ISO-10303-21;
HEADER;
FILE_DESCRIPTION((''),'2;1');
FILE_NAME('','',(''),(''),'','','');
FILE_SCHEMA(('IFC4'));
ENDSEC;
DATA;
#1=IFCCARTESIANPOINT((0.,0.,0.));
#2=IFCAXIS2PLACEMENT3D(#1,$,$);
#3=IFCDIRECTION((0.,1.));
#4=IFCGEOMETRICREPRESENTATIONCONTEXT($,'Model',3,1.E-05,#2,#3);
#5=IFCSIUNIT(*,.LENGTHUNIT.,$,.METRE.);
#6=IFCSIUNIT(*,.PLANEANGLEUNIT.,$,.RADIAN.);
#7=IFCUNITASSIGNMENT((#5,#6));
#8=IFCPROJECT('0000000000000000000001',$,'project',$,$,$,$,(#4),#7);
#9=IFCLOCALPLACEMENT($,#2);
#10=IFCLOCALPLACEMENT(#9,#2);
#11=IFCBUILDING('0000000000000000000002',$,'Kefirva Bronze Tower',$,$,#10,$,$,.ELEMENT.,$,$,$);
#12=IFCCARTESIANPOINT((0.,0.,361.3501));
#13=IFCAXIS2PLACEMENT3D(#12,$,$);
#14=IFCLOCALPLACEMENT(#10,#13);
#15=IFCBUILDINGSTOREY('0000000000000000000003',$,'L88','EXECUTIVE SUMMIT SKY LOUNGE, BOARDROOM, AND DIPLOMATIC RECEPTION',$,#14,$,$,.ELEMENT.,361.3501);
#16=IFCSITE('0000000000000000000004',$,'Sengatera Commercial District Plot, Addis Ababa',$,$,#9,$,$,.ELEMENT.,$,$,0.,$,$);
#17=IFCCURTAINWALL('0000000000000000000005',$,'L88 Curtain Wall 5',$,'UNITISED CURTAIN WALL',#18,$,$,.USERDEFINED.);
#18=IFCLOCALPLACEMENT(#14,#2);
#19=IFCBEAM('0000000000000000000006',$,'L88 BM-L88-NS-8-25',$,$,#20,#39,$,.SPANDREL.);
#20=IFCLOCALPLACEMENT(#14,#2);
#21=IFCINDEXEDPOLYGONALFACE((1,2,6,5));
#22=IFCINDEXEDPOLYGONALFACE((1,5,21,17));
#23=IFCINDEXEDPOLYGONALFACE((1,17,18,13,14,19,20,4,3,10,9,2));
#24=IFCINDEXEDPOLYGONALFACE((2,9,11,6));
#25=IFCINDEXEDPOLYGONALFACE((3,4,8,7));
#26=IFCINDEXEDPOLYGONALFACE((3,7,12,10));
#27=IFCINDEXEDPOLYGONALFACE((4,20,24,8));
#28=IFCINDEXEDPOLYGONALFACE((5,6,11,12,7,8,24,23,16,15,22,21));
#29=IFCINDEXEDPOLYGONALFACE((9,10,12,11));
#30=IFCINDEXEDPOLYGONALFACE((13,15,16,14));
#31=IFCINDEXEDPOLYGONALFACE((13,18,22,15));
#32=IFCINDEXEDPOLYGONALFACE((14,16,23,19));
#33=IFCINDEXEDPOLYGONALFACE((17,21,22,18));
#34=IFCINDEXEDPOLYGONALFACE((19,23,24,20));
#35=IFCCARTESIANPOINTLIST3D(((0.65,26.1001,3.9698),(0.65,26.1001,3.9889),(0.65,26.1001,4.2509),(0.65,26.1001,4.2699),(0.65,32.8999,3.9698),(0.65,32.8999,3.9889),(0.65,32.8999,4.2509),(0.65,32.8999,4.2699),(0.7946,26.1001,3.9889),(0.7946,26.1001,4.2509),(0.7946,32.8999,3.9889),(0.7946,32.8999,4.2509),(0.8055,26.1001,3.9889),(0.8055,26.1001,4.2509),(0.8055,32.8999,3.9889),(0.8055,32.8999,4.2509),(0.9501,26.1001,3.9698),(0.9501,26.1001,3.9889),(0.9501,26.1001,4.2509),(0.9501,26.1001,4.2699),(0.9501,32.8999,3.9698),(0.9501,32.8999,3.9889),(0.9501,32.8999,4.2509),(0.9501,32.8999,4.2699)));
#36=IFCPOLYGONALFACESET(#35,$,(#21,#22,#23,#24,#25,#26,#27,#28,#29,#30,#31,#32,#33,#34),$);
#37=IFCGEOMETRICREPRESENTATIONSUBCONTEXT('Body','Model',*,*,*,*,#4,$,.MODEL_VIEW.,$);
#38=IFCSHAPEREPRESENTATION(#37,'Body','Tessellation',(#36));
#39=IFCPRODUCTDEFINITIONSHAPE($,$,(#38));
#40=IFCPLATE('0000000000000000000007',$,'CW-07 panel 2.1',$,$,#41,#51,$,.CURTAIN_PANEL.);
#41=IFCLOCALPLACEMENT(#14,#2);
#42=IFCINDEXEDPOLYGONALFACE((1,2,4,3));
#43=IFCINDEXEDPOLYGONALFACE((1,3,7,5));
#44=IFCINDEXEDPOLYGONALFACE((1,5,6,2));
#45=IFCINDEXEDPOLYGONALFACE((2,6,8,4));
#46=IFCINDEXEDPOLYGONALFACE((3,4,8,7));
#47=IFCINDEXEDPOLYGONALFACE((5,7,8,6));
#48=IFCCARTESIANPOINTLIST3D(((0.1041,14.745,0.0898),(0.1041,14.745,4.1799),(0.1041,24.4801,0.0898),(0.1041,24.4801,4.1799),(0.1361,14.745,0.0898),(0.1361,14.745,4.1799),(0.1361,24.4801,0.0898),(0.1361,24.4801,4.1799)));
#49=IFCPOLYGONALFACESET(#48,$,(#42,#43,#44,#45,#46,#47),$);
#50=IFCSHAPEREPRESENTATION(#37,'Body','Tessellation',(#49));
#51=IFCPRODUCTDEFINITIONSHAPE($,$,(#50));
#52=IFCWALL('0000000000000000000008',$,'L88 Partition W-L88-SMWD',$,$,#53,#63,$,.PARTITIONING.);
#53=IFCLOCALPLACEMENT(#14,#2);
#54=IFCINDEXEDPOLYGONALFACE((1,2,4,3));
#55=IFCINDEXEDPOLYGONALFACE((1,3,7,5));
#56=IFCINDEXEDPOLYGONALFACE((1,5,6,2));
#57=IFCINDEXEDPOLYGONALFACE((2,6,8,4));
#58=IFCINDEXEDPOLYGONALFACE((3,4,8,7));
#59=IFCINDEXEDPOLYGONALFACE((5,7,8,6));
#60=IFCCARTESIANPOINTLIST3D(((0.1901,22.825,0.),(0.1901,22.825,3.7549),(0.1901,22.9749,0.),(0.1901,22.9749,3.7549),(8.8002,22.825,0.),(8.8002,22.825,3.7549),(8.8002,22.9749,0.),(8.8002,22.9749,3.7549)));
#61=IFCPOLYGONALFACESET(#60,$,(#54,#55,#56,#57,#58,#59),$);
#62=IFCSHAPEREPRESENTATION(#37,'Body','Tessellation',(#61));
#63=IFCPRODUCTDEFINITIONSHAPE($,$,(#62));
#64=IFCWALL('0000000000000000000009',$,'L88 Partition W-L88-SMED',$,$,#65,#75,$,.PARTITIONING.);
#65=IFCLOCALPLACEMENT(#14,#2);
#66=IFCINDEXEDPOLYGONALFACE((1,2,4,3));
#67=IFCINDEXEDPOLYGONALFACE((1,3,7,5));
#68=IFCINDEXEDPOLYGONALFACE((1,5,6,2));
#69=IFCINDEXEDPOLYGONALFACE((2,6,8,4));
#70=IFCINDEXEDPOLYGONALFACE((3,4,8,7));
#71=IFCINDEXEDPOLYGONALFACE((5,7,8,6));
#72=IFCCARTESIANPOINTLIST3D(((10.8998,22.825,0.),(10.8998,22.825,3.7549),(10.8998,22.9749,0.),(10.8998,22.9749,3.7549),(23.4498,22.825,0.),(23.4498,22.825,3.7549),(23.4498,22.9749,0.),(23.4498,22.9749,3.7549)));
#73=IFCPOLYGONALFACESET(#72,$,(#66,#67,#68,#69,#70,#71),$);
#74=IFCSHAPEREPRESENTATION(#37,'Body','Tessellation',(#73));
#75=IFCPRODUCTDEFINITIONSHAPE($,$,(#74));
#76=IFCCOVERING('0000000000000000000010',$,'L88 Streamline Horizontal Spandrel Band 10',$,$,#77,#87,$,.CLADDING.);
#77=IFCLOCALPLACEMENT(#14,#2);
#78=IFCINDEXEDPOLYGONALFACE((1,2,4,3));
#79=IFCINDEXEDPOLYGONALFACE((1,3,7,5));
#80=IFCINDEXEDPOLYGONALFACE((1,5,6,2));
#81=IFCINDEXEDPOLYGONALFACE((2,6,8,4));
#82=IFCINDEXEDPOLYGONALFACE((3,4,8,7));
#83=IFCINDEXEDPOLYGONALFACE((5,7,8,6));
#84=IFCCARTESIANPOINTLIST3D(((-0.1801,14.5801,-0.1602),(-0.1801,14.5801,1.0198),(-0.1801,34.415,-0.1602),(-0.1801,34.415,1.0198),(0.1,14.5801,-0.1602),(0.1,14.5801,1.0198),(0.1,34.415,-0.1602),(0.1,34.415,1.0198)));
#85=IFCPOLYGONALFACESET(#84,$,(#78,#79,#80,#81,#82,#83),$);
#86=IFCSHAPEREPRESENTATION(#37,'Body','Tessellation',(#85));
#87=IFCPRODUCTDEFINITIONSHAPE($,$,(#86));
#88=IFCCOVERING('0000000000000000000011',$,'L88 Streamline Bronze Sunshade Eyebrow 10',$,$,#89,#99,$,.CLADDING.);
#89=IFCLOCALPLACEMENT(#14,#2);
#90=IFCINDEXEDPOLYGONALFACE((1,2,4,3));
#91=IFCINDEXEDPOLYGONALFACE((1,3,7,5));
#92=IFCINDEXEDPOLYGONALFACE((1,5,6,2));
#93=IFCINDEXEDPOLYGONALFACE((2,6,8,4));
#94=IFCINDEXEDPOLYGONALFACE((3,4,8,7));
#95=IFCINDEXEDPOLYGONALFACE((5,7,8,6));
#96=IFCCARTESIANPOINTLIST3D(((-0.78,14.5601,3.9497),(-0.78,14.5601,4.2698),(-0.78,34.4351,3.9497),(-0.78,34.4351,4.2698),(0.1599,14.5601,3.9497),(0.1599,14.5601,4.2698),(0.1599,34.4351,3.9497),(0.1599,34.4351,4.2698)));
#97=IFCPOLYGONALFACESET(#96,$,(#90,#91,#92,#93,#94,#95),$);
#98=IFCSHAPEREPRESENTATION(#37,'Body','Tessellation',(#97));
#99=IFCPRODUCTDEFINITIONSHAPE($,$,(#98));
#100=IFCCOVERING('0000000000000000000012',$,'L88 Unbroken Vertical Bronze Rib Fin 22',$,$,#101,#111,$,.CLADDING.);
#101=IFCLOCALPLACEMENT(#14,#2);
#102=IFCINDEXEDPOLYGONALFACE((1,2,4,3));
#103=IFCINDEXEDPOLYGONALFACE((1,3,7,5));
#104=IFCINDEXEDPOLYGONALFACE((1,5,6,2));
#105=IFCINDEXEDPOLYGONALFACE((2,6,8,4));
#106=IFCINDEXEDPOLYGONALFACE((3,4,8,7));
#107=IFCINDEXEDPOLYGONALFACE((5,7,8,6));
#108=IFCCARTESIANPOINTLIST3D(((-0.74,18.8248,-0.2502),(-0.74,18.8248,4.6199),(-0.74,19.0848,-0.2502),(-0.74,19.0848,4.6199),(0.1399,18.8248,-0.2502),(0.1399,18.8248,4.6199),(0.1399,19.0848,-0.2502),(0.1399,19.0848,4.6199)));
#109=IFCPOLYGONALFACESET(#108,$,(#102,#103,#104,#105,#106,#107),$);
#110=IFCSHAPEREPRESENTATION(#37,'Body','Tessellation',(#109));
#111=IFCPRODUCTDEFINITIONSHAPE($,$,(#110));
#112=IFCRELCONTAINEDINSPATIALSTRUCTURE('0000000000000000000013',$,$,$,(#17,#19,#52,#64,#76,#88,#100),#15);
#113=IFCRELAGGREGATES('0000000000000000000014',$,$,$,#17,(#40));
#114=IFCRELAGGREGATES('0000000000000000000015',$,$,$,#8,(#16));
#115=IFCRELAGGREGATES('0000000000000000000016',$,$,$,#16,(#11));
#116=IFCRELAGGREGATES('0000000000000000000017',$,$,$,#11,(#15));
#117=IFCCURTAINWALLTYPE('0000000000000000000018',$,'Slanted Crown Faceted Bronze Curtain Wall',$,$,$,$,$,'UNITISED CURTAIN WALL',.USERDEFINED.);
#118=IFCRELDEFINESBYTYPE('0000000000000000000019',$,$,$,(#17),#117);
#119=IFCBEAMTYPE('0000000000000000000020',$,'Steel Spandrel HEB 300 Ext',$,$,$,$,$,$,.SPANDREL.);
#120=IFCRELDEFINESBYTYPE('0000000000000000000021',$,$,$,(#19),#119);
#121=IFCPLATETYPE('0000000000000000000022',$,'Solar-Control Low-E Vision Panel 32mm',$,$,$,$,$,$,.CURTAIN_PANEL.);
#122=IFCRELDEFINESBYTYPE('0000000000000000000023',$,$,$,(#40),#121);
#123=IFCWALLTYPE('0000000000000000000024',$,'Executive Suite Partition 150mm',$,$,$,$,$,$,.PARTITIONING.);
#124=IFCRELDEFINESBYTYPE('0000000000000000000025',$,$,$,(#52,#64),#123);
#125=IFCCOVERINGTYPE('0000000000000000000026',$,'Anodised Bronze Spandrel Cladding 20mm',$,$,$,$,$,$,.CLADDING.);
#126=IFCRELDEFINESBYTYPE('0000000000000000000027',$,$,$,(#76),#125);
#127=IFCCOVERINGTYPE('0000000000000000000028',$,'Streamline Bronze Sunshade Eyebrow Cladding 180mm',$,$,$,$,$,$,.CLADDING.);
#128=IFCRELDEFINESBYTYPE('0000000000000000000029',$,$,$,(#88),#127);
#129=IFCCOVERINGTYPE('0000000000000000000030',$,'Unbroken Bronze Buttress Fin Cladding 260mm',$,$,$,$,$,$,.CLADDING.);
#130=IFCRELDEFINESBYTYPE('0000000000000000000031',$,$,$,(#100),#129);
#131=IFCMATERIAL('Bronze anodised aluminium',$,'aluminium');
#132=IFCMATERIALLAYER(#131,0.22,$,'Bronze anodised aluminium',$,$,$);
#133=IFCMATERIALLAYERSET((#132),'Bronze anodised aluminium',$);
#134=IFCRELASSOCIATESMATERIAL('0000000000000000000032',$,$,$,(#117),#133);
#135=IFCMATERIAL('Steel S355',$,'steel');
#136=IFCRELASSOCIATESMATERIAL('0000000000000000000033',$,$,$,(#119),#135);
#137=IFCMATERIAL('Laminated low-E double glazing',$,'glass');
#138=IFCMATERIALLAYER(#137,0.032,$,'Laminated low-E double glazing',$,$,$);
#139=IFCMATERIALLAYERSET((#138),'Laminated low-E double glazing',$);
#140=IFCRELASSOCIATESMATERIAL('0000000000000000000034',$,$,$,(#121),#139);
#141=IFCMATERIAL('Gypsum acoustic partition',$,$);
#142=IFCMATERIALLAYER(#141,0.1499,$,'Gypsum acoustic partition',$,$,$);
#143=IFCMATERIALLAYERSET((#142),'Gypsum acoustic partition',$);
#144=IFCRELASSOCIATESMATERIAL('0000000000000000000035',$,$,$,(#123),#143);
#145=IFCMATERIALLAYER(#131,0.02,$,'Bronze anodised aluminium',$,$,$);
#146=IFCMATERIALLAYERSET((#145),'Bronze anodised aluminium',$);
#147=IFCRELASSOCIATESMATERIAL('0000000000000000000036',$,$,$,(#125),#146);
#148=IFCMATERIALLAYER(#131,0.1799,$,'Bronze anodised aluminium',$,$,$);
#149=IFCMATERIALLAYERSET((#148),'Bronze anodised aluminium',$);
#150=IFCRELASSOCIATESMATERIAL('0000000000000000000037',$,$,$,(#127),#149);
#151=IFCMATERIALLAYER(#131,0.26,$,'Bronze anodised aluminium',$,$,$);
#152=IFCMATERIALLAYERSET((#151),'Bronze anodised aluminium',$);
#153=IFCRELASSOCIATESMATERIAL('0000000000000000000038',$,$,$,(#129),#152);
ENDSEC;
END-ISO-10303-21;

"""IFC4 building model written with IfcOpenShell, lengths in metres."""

from ifc_helpers import new_model, si_unit, direction, frame, frame_2d, origin, origin_2d, place, context, subcontext, project, spatial, rectangle, i_section, extrude, material, layer, layer_set, material_profile, profile_set, type_object, element, aggregate, save


model = new_model("IFC4")

# Units and contexts
model_context = context("Model", 3, precision=1e-05, world=origin(), true_north=direction((0.0, 1.0)))
body_context = subcontext(model_context, "Body", "Model", "MODEL_VIEW")
ifc_project = project(units=[si_unit("LENGTHUNIT", "METRE"), si_unit("PLANEANGLEUNIT", "RADIAN")], contexts=[model_context])

# Site, building, storey
site_placement = place(None, origin())
site = spatial("IfcSite", under=ifc_project, at=site_placement, Name="Sengatera Commercial District Plot, Addis Ababa", CompositionType="ELEMENT", RefElevation=0.0)
building_placement = place(site_placement, origin())
building = spatial("IfcBuilding", under=site, at=building_placement, Name="Kefirva Bronze Tower", CompositionType="ELEMENT")
storey_placement = place(building_placement, frame((0.0, 0.0, 361.3501)))
storey = spatial("IfcBuildingStorey", under=building, at=storey_placement, Name="L88", Description="EXECUTIVE SUMMIT SKY LOUNGE, BOARDROOM, AND DIPLOMATIC RECEPTION", CompositionType="ELEMENT", Elevation=361.3501)

# Curtain wall
ifc_material_1 = material(Name="Bronze anodised aluminium", Category="aluminium")
ifc_layer_1 = layer(ifc_material_1, 0.22, Name="Bronze anodised aluminium")
ifc_layer_set_1 = layer_set([ifc_layer_1], Name="Bronze anodised aluminium")
curtain_wall_type = type_object("IfcCurtainWallType", Name="Slanted Crown Faceted Bronze Curtain Wall", ElementType="UNITISED CURTAIN WALL", PredefinedType="USERDEFINED", material=ifc_layer_set_1)
curtain_wall_placement = place(storey_placement, origin())
curtain_wall = element("IfcCurtainWall", 1, at=curtain_wall_placement, inside=storey, type_object=curtain_wall_type, Name="L88 Curtain Wall 5", ObjectType="UNITISED CURTAIN WALL", PredefinedType="USERDEFINED")

# Beam
ifc_material_2 = material(Name="Steel S355", Category="steel")
ifc_material_profile_1 = material_profile(ifc_material_2, i_section(OverallWidth=0.3, OverallDepth=0.3, WebThickness=0.011, FlangeThickness=0.019, at=origin_2d()), Name="HEB 300")
ifc_profile_set_1 = profile_set([ifc_material_profile_1], Name="Steel S355")
beam_type_1 = type_object("IfcBeamType", Name="Steel Spandrel HEB 300 Ext", PredefinedType="SPANDREL", material=ifc_profile_set_1)
beam_1_placement = place(storey_placement, frame((0.8, 26.1001, 4.1199), z_axis=(0.0, 1.0, 0.0), x_axis=(-1.0, 0.0, 0.0)))
element("IfcBeam", 2, at=beam_1_placement, inside=storey, type_object=beam_type_1, Name="L88 BM-L88-NS-8-25", PredefinedType="SPANDREL", context=body_context, shape_type="SweptSolid", body=[
    extrude(i_section(OverallWidth=0.3, OverallDepth=0.3, WebThickness=0.011, FlangeThickness=0.019, at=origin_2d()), origin(), (0.0, 0.0, 1.0), 6.7998),
])

# Plate
ifc_material_3 = material(Name="Laminated low-E double glazing", Category="glass")
ifc_layer_2 = layer(ifc_material_3, 0.032, Name="Laminated low-E double glazing")
ifc_layer_set_2 = layer_set([ifc_layer_2], Name="Laminated low-E double glazing")
plate_type = type_object("IfcPlateType", Name="Solar-Control Low-E Vision Panel 32mm", PredefinedType="CURTAIN_PANEL", material=ifc_layer_set_2)
plate_placement = place(storey_placement, frame((0.1201, 19.6125, 0.0898), z_axis=(0.0, 0.0, 1.0), x_axis=(0.0, -1.0, 0.0)))
plate = element("IfcPlate", 3, at=plate_placement, type_object=plate_type, Name="CW-07 panel 2.1", PredefinedType="CURTAIN_PANEL", context=body_context, shape_type="SweptSolid", body=[
    extrude(rectangle(XDim=9.7351, YDim=0.032, at=origin_2d()), origin(), (0.0, 0.0, 1.0), 4.0901),
])
aggregate(curtain_wall, [plate])

# Walls
ifc_material_4 = material(Name="Gypsum acoustic partition")
ifc_layer_3 = layer(ifc_material_4, 0.1499, Name="Gypsum acoustic partition")
ifc_layer_set_3 = layer_set([ifc_layer_3], Name="Gypsum acoustic partition")
wall_type = type_object("IfcWallType", Name="Executive Suite Partition 150mm", PredefinedType="PARTITIONING", material=ifc_layer_set_3)
wall_1_placement = place(storey_placement, frame((0.1899, 22.8999, 0.0), z_axis=(0.0, 0.0, 1.0), x_axis=(1.0, 0.0, 0.0)))
element("IfcWall", 4, at=wall_1_placement, inside=storey, type_object=wall_type, Name="L88 Partition W-L88-SMWD", PredefinedType="PARTITIONING", context=body_context, shape_type="SweptSolid", body=[
    extrude(rectangle(XDim=8.6101, YDim=0.1499, at=frame_2d((4.3052, 0.0))), origin(), (0.0, 0.0, 1.0), 3.7549),
])
wall_2_placement = place(storey_placement, frame((10.8999, 22.8999, 0.0), z_axis=(0.0, 0.0, 1.0), x_axis=(1.0, 0.0, 0.0)))
element("IfcWall", 5, at=wall_2_placement, inside=storey, type_object=wall_type, Name="L88 Partition W-L88-SMED", PredefinedType="PARTITIONING", context=body_context, shape_type="SweptSolid", body=[
    extrude(rectangle(XDim=12.55, YDim=0.1499, at=frame_2d((6.2749, 0.0))), origin(), (0.0, 0.0, 1.0), 3.7549),
])

# Coverings
ifc_layer_4 = layer(ifc_material_1, 0.02, Name="Bronze anodised aluminium")
ifc_layer_set_4 = layer_set([ifc_layer_4], Name="Bronze anodised aluminium")
covering_type_1 = type_object("IfcCoveringType", Name="Anodised Bronze Spandrel Cladding 20mm", PredefinedType="CLADDING", material=ifc_layer_set_4)
covering_1_placement = place(storey_placement, frame((-0.04, 24.4976, -0.1602), z_axis=(0.0, 0.0, 1.0), x_axis=(0.0, -1.0, 0.0)))
element("IfcCovering", 6, at=covering_1_placement, inside=storey, type_object=covering_type_1, Name="L88 Streamline Horizontal Spandrel Band 10", PredefinedType="CLADDING", context=body_context, shape_type="SweptSolid", body=[
    extrude(rectangle(XDim=19.835, YDim=0.28, at=origin_2d()), origin(), (0.0, 0.0, 1.0), 1.1799),
])
ifc_layer_5 = layer(ifc_material_1, 0.1799, Name="Bronze anodised aluminium")
ifc_layer_set_5 = layer_set([ifc_layer_5], Name="Bronze anodised aluminium")
covering_type_2 = type_object("IfcCoveringType", Name="Streamline Bronze Sunshade Eyebrow Cladding 180mm", PredefinedType="CLADDING", material=ifc_layer_set_5)
covering_2_placement = place(storey_placement, frame((-0.3101, 24.4976, 3.9497), z_axis=(0.0, 0.0, 1.0), x_axis=(0.0, -1.0, 0.0)))
element("IfcCovering", 7, at=covering_2_placement, inside=storey, type_object=covering_type_2, Name="L88 Streamline Bronze Sunshade Eyebrow 10", PredefinedType="CLADDING", context=body_context, shape_type="SweptSolid", body=[
    extrude(rectangle(XDim=19.875, YDim=0.9399, at=origin_2d()), origin(), (0.0, 0.0, 1.0), 0.3201),
])
ifc_layer_6 = layer(ifc_material_1, 0.26, Name="Bronze anodised aluminium")
ifc_layer_set_6 = layer_set([ifc_layer_6], Name="Bronze anodised aluminium")
covering_type_3 = type_object("IfcCoveringType", Name="Unbroken Bronze Buttress Fin Cladding 260mm", PredefinedType="CLADDING", material=ifc_layer_set_6)
covering_3_placement = place(storey_placement, frame((-0.3, 18.9548, -0.2502), z_axis=(0.0, 0.0, 1.0), x_axis=(0.0, -1.0, 0.0)))
element("IfcCovering", 8, at=covering_3_placement, inside=storey, type_object=covering_type_3, Name="L88 Unbroken Vertical Bronze Rib Fin 22", PredefinedType="CLADDING", context=body_context, shape_type="SweptSolid", body=[
    extrude(rectangle(XDim=0.26, YDim=0.8799, at=origin_2d()), origin(), (0.0, 0.0, 1.0), 4.8701),
])

save(model, "model.ifc")
